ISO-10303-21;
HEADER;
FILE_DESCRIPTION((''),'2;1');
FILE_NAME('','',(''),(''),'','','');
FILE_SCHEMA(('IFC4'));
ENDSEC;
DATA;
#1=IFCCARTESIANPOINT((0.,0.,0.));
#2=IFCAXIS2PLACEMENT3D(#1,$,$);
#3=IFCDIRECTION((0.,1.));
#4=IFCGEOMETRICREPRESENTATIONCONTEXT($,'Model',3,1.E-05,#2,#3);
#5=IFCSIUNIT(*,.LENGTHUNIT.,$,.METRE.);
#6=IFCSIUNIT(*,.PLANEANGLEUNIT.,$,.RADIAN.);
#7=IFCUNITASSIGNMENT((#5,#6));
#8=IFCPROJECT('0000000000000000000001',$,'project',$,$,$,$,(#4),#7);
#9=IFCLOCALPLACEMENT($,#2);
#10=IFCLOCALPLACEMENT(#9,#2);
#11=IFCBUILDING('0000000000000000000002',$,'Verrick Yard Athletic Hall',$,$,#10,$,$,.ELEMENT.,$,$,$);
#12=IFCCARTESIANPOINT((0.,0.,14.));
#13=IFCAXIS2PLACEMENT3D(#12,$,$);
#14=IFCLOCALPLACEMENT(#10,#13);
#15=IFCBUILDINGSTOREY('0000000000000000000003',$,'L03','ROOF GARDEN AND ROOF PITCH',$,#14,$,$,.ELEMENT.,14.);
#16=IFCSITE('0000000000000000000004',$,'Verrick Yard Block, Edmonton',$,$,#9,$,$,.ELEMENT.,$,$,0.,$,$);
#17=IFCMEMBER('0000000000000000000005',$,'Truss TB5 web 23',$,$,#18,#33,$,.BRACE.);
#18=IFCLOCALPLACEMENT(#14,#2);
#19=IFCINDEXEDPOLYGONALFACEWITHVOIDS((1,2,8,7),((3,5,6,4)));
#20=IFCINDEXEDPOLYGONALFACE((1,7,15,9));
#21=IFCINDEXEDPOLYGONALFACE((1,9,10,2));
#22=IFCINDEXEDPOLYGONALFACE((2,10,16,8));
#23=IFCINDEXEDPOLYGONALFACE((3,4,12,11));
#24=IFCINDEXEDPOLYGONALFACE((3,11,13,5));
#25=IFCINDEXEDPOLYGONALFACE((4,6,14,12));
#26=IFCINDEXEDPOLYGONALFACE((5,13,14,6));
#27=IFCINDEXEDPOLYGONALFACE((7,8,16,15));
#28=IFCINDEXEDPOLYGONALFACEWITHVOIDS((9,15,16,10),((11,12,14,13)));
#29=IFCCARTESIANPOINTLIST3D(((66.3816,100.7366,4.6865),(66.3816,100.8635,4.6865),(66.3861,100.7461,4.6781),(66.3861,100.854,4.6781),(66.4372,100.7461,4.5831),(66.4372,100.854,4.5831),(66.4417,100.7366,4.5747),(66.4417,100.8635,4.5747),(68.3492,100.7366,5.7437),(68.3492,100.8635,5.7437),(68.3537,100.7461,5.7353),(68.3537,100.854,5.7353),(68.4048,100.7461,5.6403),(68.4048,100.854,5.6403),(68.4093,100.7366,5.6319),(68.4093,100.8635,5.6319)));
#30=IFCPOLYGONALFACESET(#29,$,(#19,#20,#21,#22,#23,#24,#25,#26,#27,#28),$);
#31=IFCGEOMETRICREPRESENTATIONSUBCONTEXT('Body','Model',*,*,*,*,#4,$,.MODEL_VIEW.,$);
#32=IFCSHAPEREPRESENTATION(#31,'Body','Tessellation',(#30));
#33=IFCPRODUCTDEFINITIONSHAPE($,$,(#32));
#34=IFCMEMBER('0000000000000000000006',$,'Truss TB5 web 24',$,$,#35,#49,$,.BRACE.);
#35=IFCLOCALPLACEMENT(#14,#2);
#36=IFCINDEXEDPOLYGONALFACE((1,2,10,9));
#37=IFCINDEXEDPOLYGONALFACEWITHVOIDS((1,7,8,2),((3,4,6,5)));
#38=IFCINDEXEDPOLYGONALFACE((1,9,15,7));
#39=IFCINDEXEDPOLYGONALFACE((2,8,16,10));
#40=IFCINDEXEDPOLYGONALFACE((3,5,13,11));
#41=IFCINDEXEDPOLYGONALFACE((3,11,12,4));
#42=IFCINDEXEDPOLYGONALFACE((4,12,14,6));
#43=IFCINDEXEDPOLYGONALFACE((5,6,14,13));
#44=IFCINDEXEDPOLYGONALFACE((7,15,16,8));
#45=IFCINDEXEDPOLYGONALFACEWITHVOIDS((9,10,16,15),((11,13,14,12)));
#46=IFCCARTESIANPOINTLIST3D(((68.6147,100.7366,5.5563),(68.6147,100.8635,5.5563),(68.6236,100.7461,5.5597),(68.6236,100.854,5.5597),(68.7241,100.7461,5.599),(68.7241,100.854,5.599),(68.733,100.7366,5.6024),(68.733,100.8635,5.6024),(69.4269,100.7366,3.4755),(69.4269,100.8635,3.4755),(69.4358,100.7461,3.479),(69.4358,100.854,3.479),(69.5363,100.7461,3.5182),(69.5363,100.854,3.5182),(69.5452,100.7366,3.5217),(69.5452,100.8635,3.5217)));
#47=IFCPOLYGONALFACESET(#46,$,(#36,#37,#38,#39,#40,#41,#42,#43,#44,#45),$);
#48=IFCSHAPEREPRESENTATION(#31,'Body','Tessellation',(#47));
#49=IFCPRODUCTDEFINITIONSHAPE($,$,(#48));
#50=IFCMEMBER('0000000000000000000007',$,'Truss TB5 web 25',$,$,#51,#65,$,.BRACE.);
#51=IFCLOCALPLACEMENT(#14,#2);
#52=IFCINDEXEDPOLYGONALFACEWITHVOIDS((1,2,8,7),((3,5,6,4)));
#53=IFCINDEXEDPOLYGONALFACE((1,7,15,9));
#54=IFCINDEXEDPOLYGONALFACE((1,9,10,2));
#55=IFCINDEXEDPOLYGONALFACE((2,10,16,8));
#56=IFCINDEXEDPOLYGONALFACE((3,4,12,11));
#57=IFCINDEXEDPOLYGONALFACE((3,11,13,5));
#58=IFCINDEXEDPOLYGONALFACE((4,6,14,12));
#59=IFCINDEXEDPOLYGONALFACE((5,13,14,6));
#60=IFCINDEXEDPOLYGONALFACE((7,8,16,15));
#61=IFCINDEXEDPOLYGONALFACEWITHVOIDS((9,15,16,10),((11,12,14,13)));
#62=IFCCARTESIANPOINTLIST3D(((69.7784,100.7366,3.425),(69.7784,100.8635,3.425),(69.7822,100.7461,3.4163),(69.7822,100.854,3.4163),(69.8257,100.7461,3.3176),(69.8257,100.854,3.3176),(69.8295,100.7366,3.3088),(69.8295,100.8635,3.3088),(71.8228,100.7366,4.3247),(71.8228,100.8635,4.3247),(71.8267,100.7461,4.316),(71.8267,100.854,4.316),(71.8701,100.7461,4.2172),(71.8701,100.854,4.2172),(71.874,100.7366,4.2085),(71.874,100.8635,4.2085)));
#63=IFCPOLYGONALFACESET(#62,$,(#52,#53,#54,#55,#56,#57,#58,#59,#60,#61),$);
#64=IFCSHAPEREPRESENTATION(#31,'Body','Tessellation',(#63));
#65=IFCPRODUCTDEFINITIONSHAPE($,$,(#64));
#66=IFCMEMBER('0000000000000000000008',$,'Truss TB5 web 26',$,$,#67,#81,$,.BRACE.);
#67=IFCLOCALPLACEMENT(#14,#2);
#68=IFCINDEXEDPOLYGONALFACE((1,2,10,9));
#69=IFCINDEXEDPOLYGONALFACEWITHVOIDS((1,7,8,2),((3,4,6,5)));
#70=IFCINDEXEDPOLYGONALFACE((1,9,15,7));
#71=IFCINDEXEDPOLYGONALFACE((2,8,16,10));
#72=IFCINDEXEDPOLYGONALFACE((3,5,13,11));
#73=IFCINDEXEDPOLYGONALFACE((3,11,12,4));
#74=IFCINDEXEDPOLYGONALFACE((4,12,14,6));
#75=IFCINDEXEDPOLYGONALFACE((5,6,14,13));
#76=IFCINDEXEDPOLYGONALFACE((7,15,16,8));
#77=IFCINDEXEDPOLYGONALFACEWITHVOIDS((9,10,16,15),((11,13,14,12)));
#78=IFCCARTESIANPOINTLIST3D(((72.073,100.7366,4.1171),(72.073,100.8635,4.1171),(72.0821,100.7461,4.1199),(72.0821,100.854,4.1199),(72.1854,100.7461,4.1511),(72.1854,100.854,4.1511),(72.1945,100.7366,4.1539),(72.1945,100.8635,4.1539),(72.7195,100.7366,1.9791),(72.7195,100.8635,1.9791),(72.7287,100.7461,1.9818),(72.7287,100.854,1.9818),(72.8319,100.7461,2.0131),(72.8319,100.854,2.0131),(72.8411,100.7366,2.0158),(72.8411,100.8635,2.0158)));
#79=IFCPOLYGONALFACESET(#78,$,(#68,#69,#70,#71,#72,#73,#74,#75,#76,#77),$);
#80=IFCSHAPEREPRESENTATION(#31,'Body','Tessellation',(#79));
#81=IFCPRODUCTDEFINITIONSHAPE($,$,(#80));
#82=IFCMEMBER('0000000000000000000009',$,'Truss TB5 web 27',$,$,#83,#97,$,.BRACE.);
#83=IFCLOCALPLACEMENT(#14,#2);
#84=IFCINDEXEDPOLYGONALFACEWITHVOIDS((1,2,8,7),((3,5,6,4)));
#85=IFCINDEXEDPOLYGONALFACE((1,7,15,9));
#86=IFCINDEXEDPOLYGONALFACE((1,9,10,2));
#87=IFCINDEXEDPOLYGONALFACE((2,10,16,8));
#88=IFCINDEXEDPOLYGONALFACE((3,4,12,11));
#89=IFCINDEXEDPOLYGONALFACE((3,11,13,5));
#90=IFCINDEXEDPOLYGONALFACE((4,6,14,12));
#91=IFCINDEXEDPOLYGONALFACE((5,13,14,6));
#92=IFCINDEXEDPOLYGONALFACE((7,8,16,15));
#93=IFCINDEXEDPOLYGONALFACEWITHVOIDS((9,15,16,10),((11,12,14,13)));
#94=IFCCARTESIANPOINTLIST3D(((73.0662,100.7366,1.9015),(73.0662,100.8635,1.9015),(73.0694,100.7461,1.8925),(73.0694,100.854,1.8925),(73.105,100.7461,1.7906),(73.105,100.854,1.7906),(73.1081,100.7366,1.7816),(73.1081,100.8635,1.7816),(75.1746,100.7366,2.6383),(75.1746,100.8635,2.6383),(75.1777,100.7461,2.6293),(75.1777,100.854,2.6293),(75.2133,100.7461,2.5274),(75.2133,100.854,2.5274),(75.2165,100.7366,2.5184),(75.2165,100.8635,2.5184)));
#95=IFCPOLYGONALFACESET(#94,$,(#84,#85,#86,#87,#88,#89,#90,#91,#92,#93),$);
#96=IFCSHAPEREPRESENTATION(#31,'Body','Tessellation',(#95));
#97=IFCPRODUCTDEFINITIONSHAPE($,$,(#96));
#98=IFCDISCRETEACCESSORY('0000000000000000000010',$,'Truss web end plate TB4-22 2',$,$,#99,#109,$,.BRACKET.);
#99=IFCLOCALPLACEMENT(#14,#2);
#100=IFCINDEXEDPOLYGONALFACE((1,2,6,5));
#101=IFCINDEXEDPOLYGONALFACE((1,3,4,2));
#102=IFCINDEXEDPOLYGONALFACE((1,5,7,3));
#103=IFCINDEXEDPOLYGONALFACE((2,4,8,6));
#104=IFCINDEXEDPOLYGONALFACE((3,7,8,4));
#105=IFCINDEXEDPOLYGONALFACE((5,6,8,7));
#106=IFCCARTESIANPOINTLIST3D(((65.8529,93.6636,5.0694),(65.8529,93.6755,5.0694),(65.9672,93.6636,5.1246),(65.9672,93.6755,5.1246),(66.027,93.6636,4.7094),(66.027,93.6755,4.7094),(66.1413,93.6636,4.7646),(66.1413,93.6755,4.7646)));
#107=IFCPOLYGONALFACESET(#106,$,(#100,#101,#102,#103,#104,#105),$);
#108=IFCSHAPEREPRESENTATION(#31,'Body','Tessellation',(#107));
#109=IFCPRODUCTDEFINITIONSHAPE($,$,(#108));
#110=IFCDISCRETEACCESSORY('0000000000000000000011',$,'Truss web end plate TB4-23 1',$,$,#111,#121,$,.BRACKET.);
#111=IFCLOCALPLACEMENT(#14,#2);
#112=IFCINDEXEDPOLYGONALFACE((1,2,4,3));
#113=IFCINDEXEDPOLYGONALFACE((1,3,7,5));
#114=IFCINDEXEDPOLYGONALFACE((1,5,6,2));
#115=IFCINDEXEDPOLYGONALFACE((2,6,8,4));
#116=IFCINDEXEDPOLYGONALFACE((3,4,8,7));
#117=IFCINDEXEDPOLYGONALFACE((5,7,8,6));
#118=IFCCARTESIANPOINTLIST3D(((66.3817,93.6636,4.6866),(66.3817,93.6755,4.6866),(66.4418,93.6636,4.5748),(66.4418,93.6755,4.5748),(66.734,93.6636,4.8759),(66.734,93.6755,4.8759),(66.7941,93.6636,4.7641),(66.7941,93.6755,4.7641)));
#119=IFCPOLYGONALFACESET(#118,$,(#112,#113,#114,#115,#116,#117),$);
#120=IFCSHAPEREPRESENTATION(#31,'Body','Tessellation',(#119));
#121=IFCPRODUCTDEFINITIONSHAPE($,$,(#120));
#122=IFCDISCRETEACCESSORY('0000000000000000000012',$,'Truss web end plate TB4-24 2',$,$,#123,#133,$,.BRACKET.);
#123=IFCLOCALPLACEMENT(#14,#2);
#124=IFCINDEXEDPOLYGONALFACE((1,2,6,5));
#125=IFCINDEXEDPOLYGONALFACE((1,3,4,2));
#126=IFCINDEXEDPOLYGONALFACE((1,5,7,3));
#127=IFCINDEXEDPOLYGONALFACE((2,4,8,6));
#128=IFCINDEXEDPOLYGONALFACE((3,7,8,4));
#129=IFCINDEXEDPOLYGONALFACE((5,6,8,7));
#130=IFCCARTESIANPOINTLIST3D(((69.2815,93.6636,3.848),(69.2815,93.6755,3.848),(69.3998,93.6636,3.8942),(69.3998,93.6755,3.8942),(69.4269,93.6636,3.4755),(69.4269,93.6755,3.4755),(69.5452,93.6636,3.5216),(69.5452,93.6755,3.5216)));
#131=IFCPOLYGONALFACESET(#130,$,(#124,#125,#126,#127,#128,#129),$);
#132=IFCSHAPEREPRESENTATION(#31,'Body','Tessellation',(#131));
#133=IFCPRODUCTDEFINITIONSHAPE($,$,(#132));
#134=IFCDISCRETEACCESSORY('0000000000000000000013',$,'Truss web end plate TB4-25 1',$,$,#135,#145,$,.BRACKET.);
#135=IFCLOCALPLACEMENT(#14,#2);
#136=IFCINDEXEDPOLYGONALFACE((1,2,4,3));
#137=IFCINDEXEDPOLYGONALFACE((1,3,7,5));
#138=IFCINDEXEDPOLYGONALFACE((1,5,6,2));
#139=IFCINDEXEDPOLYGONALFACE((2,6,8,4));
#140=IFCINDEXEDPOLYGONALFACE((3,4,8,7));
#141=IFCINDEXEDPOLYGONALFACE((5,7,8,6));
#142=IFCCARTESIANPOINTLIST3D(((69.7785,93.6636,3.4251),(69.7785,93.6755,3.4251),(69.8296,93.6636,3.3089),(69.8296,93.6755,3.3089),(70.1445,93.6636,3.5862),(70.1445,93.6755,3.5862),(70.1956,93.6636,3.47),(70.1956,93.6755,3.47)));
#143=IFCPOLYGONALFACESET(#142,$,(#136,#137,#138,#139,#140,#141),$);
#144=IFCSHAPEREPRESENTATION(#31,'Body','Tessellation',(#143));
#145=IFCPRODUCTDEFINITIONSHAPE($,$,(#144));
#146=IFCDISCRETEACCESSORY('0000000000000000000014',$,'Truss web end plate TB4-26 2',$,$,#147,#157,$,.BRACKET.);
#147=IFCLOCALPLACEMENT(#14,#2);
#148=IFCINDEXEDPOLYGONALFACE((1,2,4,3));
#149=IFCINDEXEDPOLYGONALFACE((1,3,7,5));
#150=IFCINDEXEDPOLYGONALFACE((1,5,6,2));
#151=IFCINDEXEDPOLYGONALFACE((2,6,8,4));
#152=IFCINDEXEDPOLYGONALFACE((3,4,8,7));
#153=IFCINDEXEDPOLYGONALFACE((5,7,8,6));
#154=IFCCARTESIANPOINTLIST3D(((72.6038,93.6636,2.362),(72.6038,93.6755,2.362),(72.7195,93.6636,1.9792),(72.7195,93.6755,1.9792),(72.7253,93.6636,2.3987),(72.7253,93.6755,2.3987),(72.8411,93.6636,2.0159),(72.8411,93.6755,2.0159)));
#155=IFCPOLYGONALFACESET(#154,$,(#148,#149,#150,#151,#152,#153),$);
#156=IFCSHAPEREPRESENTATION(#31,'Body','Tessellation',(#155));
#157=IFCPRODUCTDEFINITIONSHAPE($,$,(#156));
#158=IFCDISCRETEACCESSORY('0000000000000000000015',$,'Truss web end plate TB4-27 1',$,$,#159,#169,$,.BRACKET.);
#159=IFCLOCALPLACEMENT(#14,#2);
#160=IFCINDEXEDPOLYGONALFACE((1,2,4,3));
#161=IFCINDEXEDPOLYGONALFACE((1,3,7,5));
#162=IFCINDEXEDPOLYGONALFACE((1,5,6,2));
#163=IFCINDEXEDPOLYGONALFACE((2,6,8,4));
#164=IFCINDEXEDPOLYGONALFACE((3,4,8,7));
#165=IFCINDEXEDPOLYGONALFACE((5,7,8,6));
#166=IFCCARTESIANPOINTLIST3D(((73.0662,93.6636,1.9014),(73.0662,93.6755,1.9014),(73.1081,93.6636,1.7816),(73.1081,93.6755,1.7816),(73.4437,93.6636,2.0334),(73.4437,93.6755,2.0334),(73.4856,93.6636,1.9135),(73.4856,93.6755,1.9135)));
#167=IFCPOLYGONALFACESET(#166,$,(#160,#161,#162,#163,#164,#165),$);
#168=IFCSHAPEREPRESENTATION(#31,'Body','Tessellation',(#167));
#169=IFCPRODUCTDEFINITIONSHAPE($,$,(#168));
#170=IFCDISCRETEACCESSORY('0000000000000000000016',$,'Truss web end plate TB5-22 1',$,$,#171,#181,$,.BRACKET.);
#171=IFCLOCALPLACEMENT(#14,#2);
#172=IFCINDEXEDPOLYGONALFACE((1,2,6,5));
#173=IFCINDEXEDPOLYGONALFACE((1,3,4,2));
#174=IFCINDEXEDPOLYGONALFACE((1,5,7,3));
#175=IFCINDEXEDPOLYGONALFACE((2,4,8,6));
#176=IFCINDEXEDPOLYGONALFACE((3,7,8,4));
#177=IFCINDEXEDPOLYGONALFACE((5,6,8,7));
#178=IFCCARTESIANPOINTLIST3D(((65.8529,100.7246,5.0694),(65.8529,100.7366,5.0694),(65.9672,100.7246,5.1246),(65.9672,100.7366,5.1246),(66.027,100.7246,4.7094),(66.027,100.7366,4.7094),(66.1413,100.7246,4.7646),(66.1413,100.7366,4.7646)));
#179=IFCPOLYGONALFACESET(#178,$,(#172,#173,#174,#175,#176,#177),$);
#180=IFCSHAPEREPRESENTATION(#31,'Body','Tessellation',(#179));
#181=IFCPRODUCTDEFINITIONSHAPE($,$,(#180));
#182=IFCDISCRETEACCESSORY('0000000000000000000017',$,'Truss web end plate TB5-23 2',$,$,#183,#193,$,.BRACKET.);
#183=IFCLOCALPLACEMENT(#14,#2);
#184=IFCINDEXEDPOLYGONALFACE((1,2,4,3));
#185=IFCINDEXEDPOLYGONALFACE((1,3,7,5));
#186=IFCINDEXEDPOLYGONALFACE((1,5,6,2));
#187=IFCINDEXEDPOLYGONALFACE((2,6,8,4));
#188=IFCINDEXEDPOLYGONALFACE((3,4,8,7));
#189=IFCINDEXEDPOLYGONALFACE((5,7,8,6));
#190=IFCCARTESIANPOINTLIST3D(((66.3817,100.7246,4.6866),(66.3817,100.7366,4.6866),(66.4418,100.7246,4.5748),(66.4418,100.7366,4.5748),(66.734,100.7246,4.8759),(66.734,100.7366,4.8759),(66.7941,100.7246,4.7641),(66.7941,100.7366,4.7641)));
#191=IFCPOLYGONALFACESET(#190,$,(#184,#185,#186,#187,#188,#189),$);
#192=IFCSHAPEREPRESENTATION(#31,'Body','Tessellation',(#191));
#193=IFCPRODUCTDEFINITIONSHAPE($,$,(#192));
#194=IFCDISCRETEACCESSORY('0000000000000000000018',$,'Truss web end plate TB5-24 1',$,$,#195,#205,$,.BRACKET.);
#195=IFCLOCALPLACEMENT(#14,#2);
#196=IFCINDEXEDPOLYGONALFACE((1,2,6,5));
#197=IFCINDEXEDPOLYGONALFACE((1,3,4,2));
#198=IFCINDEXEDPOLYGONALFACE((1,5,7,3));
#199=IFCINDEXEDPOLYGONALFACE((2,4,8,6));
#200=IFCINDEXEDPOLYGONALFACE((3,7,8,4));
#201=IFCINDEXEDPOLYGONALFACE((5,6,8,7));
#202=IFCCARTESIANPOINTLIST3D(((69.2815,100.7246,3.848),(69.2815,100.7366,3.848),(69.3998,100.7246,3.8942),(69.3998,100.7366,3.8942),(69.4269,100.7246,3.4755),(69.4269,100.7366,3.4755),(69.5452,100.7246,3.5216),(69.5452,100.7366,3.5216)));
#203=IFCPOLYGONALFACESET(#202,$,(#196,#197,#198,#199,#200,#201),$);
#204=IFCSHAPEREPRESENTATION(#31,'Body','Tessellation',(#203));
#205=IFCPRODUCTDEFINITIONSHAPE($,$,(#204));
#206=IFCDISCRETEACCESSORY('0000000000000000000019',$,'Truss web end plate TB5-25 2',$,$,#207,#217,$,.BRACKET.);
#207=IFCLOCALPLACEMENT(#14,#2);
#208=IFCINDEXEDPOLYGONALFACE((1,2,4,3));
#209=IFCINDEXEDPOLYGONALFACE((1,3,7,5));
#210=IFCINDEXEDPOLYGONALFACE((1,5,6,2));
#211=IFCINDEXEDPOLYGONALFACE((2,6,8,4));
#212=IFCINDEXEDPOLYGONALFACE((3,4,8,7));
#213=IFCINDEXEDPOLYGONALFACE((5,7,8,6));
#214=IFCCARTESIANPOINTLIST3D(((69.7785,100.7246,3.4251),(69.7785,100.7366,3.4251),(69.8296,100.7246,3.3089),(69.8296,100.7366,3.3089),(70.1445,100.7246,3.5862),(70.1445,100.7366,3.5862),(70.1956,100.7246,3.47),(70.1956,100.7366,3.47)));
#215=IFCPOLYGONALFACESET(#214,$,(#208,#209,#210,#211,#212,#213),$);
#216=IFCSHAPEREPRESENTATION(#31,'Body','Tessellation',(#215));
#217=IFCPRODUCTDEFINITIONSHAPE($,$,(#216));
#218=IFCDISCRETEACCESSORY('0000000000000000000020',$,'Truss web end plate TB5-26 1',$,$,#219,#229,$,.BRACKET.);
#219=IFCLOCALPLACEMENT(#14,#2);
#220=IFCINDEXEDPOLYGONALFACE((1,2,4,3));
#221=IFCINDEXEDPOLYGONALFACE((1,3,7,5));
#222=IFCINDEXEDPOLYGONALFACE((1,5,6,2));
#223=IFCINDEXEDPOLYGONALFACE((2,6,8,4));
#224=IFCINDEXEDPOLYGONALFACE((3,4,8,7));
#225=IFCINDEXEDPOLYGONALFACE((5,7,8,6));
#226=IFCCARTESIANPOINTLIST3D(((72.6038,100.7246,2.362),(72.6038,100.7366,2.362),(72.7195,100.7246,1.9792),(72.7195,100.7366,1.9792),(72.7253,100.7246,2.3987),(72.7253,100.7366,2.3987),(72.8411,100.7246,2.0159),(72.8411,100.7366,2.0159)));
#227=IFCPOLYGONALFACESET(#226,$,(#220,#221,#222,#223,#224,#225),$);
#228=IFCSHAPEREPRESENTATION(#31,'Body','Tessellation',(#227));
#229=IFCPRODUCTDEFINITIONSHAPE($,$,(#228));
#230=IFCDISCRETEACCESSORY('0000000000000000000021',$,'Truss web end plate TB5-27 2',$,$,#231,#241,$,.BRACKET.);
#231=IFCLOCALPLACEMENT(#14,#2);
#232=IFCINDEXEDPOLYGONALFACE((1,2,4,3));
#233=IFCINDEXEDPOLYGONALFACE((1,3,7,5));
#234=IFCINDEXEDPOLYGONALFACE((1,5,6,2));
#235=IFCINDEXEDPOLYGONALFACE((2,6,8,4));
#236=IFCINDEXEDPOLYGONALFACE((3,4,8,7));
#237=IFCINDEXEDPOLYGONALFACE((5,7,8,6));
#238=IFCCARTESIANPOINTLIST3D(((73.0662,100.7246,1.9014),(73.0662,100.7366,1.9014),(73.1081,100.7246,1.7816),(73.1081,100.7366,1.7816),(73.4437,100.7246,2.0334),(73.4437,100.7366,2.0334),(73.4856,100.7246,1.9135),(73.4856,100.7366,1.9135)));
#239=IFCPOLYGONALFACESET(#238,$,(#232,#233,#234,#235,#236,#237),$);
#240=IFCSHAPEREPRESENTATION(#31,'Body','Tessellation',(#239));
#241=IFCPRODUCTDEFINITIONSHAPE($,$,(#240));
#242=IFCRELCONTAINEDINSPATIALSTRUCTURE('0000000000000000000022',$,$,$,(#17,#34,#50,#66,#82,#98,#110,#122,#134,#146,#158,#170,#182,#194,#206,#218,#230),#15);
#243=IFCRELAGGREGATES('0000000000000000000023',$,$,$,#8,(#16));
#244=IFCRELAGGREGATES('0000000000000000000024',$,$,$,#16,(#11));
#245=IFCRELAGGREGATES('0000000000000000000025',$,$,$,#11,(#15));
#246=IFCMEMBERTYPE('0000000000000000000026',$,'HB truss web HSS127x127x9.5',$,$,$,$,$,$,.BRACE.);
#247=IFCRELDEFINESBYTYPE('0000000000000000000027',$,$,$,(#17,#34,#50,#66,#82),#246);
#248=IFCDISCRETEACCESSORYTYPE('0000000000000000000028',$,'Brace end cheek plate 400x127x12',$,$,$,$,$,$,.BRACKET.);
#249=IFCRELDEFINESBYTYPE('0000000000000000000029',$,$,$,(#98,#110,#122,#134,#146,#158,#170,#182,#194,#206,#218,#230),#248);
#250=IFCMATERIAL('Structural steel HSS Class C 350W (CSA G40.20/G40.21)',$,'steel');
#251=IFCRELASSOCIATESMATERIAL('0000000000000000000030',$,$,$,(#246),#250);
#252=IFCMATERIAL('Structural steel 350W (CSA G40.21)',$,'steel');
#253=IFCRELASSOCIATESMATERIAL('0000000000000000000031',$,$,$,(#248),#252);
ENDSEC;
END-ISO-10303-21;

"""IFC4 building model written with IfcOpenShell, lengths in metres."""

from ifc_helpers import new_model, si_unit, direction, frame, origin, origin_2d, place, context, subcontext, project, spatial, rectangle, hollow_rectangle, extrude, material, material_profile, profile_set, type_object, element, save


model = new_model("IFC4")

# Units and contexts
model_context = context("Model", 3, precision=1e-05, world=origin(), true_north=direction((0.0, 1.0)))
body_context = subcontext(model_context, "Body", "Model", "MODEL_VIEW")
ifc_project = project(units=[si_unit("LENGTHUNIT", "METRE"), si_unit("PLANEANGLEUNIT", "RADIAN")], contexts=[model_context])

# Site, building, storey
site_placement = place(None, origin())
site = spatial("IfcSite", under=ifc_project, at=site_placement, Name="Verrick Yard Block, Edmonton", CompositionType="ELEMENT", RefElevation=0.0)
building_placement = place(site_placement, origin())
building = spatial("IfcBuilding", under=site, at=building_placement, Name="Verrick Yard Athletic Hall", CompositionType="ELEMENT")
storey_placement = place(building_placement, frame((0.0, 0.0, 14.0)))
storey = spatial("IfcBuildingStorey", under=building, at=storey_placement, Name="L03", Description="ROOF GARDEN AND ROOF PITCH", CompositionType="ELEMENT", Elevation=14.0)

# Members
ifc_material_1 = material(Name="Structural steel HSS Class C 350W (CSA G40.20/G40.21)", Category="steel")
ifc_material_profile_1 = material_profile(ifc_material_1, hollow_rectangle(XDim=0.127, YDim=0.127, WallThickness=0.0095, at=origin_2d()), Name="HSS127x127x9.5")
ifc_profile_set_1 = profile_set([ifc_material_profile_1], Name="Structural steel HSS Class C 350W (CSA G40.20/G40.21)")
member_type_1 = type_object("IfcMemberType", Name="HB truss web HSS127x127x9.5", PredefinedType="BRACE", material=ifc_profile_set_1)
for number, where, z_axis, x_axis, name in (
    (1, (66.4116, 100.8, 4.6306), (0.880902, 0.0, 0.473298), (0.0, 1.0, 0.0), "Truss TB5 web 23"),
    (2, (68.6738, 100.8, 5.5793), (0.363633, 0.0, -0.931542), (0.0, 1.0, 0.0), "Truss TB5 web 24"),
    (3, (69.804, 100.8, 3.3669), (0.915297, 0.0, 0.402779), (0.0, 1.0, 0.0), "Truss TB5 web 25"),
    (4, (72.1338, 100.8, 4.1355), (0.289443, 0.0, -0.957195), (0.0, 1.0, 0.0), "Truss TB5 web 26"),
):
    element("IfcMember", number, at=place(storey_placement, frame(where, z_axis=z_axis, x_axis=x_axis)), inside=storey, type_object=member_type_1, Name=name, PredefinedType="BRACE", context=body_context, shape_type="SweptSolid", body=[
        extrude(hollow_rectangle(XDim=0.127, YDim=0.127, WallThickness=0.0095, at=origin_2d()), origin(), (0.0, 0.0, 1.0), 2.2336),
    ])
member_1_placement = place(storey_placement, frame((73.0872, 100.8, 1.8416), z_axis=(0.944015, 0.0, 0.329902), x_axis=(0.0, 1.0, 0.0)))
element("IfcMember", 5, at=member_1_placement, inside=storey, type_object=member_type_1, Name="Truss TB5 web 27", PredefinedType="BRACE", context=body_context, shape_type="SweptSolid", body=[
    extrude(hollow_rectangle(XDim=0.127, YDim=0.127, WallThickness=0.0095, at=origin_2d()), origin(), (0.0, 0.0, 1.0), 2.2334),
])

# Discrete accessories
ifc_material_2 = material(Name="Structural steel 350W (CSA G40.21)", Category="steel")
ifc_material_profile_2 = material_profile(ifc_material_2, rectangle(XDim=0.3999, YDim=0.127, at=origin_2d()), Name="Brace end cheek plate")
ifc_profile_set_2 = profile_set([ifc_material_profile_2], Name="Structural steel 350W (CSA G40.21)")
discrete_accessory_type = type_object("IfcDiscreteAccessoryType", Name="Brace end cheek plate 400x127x12", PredefinedType="BRACKET", material=ifc_profile_set_2)
for number, where, z_axis, x_axis, name in (
    (6, (65.9971, 93.6636, 4.917), (0.0, 1.0, 0.0), (-0.435417, 0.0, 0.900229), "Truss web end plate TB4-22 2"),
    (7, (66.5879, 93.6636, 4.7253), (0.0, 1.0, 0.0), (0.88092, 0.0, 0.473265), "Truss web end plate TB4-23 1"),
    (8, (69.4133, 93.6636, 3.6848), (0.0, 1.0, 0.0), (-0.363563, 0.0, 0.93157), "Truss web end plate TB4-24 2"),
    (9, (69.9871, 93.6636, 3.4475), (0.0, 1.0, 0.0), (0.915285, 0.0, 0.402806), "Truss web end plate TB4-25 1"),
    (10, (72.7224, 93.6636, 2.189), (0.0, 1.0, 0.0), (-0.289473, 0.0, 0.957186), "Truss web end plate TB4-26 2"),
    (11, (73.2759, 93.6636, 1.9075), (0.0, 1.0, 0.0), (0.944026, 0.0, 0.329872), "Truss web end plate TB4-27 1"),
    (12, (65.9971, 100.7366, 4.917), (0.0, -1.0, 0.0), (-0.435417, 0.0, 0.900229), "Truss web end plate TB5-22 1"),
    (13, (66.5879, 100.7366, 4.7253), (0.0, -1.0, 0.0), (0.88092, 0.0, 0.473265), "Truss web end plate TB5-23 2"),
    (14, (69.4133, 100.7366, 3.6848), (0.0, -1.0, 0.0), (-0.363563, 0.0, 0.93157), "Truss web end plate TB5-24 1"),
    (15, (69.9871, 100.7366, 3.4475), (0.0, -1.0, 0.0), (0.915285, 0.0, 0.402806), "Truss web end plate TB5-25 2"),
    (16, (72.7224, 100.7366, 2.189), (0.0, -1.0, 0.0), (-0.289473, 0.0, 0.957186), "Truss web end plate TB5-26 1"),
    (17, (73.2759, 100.7366, 1.9075), (0.0, -1.0, 0.0), (0.944026, 0.0, 0.329872), "Truss web end plate TB5-27 2"),
):
    element("IfcDiscreteAccessory", number, at=place(storey_placement, frame(where, z_axis=z_axis, x_axis=x_axis)), inside=storey, type_object=discrete_accessory_type, Name=name, PredefinedType="BRACKET", context=body_context, shape_type="SweptSolid", body=[
        extrude(rectangle(XDim=0.3999, YDim=0.127, at=origin_2d()), origin(), (0.0, 0.0, 1.0), 0.012),
    ])

save(model, "model.ifc")
